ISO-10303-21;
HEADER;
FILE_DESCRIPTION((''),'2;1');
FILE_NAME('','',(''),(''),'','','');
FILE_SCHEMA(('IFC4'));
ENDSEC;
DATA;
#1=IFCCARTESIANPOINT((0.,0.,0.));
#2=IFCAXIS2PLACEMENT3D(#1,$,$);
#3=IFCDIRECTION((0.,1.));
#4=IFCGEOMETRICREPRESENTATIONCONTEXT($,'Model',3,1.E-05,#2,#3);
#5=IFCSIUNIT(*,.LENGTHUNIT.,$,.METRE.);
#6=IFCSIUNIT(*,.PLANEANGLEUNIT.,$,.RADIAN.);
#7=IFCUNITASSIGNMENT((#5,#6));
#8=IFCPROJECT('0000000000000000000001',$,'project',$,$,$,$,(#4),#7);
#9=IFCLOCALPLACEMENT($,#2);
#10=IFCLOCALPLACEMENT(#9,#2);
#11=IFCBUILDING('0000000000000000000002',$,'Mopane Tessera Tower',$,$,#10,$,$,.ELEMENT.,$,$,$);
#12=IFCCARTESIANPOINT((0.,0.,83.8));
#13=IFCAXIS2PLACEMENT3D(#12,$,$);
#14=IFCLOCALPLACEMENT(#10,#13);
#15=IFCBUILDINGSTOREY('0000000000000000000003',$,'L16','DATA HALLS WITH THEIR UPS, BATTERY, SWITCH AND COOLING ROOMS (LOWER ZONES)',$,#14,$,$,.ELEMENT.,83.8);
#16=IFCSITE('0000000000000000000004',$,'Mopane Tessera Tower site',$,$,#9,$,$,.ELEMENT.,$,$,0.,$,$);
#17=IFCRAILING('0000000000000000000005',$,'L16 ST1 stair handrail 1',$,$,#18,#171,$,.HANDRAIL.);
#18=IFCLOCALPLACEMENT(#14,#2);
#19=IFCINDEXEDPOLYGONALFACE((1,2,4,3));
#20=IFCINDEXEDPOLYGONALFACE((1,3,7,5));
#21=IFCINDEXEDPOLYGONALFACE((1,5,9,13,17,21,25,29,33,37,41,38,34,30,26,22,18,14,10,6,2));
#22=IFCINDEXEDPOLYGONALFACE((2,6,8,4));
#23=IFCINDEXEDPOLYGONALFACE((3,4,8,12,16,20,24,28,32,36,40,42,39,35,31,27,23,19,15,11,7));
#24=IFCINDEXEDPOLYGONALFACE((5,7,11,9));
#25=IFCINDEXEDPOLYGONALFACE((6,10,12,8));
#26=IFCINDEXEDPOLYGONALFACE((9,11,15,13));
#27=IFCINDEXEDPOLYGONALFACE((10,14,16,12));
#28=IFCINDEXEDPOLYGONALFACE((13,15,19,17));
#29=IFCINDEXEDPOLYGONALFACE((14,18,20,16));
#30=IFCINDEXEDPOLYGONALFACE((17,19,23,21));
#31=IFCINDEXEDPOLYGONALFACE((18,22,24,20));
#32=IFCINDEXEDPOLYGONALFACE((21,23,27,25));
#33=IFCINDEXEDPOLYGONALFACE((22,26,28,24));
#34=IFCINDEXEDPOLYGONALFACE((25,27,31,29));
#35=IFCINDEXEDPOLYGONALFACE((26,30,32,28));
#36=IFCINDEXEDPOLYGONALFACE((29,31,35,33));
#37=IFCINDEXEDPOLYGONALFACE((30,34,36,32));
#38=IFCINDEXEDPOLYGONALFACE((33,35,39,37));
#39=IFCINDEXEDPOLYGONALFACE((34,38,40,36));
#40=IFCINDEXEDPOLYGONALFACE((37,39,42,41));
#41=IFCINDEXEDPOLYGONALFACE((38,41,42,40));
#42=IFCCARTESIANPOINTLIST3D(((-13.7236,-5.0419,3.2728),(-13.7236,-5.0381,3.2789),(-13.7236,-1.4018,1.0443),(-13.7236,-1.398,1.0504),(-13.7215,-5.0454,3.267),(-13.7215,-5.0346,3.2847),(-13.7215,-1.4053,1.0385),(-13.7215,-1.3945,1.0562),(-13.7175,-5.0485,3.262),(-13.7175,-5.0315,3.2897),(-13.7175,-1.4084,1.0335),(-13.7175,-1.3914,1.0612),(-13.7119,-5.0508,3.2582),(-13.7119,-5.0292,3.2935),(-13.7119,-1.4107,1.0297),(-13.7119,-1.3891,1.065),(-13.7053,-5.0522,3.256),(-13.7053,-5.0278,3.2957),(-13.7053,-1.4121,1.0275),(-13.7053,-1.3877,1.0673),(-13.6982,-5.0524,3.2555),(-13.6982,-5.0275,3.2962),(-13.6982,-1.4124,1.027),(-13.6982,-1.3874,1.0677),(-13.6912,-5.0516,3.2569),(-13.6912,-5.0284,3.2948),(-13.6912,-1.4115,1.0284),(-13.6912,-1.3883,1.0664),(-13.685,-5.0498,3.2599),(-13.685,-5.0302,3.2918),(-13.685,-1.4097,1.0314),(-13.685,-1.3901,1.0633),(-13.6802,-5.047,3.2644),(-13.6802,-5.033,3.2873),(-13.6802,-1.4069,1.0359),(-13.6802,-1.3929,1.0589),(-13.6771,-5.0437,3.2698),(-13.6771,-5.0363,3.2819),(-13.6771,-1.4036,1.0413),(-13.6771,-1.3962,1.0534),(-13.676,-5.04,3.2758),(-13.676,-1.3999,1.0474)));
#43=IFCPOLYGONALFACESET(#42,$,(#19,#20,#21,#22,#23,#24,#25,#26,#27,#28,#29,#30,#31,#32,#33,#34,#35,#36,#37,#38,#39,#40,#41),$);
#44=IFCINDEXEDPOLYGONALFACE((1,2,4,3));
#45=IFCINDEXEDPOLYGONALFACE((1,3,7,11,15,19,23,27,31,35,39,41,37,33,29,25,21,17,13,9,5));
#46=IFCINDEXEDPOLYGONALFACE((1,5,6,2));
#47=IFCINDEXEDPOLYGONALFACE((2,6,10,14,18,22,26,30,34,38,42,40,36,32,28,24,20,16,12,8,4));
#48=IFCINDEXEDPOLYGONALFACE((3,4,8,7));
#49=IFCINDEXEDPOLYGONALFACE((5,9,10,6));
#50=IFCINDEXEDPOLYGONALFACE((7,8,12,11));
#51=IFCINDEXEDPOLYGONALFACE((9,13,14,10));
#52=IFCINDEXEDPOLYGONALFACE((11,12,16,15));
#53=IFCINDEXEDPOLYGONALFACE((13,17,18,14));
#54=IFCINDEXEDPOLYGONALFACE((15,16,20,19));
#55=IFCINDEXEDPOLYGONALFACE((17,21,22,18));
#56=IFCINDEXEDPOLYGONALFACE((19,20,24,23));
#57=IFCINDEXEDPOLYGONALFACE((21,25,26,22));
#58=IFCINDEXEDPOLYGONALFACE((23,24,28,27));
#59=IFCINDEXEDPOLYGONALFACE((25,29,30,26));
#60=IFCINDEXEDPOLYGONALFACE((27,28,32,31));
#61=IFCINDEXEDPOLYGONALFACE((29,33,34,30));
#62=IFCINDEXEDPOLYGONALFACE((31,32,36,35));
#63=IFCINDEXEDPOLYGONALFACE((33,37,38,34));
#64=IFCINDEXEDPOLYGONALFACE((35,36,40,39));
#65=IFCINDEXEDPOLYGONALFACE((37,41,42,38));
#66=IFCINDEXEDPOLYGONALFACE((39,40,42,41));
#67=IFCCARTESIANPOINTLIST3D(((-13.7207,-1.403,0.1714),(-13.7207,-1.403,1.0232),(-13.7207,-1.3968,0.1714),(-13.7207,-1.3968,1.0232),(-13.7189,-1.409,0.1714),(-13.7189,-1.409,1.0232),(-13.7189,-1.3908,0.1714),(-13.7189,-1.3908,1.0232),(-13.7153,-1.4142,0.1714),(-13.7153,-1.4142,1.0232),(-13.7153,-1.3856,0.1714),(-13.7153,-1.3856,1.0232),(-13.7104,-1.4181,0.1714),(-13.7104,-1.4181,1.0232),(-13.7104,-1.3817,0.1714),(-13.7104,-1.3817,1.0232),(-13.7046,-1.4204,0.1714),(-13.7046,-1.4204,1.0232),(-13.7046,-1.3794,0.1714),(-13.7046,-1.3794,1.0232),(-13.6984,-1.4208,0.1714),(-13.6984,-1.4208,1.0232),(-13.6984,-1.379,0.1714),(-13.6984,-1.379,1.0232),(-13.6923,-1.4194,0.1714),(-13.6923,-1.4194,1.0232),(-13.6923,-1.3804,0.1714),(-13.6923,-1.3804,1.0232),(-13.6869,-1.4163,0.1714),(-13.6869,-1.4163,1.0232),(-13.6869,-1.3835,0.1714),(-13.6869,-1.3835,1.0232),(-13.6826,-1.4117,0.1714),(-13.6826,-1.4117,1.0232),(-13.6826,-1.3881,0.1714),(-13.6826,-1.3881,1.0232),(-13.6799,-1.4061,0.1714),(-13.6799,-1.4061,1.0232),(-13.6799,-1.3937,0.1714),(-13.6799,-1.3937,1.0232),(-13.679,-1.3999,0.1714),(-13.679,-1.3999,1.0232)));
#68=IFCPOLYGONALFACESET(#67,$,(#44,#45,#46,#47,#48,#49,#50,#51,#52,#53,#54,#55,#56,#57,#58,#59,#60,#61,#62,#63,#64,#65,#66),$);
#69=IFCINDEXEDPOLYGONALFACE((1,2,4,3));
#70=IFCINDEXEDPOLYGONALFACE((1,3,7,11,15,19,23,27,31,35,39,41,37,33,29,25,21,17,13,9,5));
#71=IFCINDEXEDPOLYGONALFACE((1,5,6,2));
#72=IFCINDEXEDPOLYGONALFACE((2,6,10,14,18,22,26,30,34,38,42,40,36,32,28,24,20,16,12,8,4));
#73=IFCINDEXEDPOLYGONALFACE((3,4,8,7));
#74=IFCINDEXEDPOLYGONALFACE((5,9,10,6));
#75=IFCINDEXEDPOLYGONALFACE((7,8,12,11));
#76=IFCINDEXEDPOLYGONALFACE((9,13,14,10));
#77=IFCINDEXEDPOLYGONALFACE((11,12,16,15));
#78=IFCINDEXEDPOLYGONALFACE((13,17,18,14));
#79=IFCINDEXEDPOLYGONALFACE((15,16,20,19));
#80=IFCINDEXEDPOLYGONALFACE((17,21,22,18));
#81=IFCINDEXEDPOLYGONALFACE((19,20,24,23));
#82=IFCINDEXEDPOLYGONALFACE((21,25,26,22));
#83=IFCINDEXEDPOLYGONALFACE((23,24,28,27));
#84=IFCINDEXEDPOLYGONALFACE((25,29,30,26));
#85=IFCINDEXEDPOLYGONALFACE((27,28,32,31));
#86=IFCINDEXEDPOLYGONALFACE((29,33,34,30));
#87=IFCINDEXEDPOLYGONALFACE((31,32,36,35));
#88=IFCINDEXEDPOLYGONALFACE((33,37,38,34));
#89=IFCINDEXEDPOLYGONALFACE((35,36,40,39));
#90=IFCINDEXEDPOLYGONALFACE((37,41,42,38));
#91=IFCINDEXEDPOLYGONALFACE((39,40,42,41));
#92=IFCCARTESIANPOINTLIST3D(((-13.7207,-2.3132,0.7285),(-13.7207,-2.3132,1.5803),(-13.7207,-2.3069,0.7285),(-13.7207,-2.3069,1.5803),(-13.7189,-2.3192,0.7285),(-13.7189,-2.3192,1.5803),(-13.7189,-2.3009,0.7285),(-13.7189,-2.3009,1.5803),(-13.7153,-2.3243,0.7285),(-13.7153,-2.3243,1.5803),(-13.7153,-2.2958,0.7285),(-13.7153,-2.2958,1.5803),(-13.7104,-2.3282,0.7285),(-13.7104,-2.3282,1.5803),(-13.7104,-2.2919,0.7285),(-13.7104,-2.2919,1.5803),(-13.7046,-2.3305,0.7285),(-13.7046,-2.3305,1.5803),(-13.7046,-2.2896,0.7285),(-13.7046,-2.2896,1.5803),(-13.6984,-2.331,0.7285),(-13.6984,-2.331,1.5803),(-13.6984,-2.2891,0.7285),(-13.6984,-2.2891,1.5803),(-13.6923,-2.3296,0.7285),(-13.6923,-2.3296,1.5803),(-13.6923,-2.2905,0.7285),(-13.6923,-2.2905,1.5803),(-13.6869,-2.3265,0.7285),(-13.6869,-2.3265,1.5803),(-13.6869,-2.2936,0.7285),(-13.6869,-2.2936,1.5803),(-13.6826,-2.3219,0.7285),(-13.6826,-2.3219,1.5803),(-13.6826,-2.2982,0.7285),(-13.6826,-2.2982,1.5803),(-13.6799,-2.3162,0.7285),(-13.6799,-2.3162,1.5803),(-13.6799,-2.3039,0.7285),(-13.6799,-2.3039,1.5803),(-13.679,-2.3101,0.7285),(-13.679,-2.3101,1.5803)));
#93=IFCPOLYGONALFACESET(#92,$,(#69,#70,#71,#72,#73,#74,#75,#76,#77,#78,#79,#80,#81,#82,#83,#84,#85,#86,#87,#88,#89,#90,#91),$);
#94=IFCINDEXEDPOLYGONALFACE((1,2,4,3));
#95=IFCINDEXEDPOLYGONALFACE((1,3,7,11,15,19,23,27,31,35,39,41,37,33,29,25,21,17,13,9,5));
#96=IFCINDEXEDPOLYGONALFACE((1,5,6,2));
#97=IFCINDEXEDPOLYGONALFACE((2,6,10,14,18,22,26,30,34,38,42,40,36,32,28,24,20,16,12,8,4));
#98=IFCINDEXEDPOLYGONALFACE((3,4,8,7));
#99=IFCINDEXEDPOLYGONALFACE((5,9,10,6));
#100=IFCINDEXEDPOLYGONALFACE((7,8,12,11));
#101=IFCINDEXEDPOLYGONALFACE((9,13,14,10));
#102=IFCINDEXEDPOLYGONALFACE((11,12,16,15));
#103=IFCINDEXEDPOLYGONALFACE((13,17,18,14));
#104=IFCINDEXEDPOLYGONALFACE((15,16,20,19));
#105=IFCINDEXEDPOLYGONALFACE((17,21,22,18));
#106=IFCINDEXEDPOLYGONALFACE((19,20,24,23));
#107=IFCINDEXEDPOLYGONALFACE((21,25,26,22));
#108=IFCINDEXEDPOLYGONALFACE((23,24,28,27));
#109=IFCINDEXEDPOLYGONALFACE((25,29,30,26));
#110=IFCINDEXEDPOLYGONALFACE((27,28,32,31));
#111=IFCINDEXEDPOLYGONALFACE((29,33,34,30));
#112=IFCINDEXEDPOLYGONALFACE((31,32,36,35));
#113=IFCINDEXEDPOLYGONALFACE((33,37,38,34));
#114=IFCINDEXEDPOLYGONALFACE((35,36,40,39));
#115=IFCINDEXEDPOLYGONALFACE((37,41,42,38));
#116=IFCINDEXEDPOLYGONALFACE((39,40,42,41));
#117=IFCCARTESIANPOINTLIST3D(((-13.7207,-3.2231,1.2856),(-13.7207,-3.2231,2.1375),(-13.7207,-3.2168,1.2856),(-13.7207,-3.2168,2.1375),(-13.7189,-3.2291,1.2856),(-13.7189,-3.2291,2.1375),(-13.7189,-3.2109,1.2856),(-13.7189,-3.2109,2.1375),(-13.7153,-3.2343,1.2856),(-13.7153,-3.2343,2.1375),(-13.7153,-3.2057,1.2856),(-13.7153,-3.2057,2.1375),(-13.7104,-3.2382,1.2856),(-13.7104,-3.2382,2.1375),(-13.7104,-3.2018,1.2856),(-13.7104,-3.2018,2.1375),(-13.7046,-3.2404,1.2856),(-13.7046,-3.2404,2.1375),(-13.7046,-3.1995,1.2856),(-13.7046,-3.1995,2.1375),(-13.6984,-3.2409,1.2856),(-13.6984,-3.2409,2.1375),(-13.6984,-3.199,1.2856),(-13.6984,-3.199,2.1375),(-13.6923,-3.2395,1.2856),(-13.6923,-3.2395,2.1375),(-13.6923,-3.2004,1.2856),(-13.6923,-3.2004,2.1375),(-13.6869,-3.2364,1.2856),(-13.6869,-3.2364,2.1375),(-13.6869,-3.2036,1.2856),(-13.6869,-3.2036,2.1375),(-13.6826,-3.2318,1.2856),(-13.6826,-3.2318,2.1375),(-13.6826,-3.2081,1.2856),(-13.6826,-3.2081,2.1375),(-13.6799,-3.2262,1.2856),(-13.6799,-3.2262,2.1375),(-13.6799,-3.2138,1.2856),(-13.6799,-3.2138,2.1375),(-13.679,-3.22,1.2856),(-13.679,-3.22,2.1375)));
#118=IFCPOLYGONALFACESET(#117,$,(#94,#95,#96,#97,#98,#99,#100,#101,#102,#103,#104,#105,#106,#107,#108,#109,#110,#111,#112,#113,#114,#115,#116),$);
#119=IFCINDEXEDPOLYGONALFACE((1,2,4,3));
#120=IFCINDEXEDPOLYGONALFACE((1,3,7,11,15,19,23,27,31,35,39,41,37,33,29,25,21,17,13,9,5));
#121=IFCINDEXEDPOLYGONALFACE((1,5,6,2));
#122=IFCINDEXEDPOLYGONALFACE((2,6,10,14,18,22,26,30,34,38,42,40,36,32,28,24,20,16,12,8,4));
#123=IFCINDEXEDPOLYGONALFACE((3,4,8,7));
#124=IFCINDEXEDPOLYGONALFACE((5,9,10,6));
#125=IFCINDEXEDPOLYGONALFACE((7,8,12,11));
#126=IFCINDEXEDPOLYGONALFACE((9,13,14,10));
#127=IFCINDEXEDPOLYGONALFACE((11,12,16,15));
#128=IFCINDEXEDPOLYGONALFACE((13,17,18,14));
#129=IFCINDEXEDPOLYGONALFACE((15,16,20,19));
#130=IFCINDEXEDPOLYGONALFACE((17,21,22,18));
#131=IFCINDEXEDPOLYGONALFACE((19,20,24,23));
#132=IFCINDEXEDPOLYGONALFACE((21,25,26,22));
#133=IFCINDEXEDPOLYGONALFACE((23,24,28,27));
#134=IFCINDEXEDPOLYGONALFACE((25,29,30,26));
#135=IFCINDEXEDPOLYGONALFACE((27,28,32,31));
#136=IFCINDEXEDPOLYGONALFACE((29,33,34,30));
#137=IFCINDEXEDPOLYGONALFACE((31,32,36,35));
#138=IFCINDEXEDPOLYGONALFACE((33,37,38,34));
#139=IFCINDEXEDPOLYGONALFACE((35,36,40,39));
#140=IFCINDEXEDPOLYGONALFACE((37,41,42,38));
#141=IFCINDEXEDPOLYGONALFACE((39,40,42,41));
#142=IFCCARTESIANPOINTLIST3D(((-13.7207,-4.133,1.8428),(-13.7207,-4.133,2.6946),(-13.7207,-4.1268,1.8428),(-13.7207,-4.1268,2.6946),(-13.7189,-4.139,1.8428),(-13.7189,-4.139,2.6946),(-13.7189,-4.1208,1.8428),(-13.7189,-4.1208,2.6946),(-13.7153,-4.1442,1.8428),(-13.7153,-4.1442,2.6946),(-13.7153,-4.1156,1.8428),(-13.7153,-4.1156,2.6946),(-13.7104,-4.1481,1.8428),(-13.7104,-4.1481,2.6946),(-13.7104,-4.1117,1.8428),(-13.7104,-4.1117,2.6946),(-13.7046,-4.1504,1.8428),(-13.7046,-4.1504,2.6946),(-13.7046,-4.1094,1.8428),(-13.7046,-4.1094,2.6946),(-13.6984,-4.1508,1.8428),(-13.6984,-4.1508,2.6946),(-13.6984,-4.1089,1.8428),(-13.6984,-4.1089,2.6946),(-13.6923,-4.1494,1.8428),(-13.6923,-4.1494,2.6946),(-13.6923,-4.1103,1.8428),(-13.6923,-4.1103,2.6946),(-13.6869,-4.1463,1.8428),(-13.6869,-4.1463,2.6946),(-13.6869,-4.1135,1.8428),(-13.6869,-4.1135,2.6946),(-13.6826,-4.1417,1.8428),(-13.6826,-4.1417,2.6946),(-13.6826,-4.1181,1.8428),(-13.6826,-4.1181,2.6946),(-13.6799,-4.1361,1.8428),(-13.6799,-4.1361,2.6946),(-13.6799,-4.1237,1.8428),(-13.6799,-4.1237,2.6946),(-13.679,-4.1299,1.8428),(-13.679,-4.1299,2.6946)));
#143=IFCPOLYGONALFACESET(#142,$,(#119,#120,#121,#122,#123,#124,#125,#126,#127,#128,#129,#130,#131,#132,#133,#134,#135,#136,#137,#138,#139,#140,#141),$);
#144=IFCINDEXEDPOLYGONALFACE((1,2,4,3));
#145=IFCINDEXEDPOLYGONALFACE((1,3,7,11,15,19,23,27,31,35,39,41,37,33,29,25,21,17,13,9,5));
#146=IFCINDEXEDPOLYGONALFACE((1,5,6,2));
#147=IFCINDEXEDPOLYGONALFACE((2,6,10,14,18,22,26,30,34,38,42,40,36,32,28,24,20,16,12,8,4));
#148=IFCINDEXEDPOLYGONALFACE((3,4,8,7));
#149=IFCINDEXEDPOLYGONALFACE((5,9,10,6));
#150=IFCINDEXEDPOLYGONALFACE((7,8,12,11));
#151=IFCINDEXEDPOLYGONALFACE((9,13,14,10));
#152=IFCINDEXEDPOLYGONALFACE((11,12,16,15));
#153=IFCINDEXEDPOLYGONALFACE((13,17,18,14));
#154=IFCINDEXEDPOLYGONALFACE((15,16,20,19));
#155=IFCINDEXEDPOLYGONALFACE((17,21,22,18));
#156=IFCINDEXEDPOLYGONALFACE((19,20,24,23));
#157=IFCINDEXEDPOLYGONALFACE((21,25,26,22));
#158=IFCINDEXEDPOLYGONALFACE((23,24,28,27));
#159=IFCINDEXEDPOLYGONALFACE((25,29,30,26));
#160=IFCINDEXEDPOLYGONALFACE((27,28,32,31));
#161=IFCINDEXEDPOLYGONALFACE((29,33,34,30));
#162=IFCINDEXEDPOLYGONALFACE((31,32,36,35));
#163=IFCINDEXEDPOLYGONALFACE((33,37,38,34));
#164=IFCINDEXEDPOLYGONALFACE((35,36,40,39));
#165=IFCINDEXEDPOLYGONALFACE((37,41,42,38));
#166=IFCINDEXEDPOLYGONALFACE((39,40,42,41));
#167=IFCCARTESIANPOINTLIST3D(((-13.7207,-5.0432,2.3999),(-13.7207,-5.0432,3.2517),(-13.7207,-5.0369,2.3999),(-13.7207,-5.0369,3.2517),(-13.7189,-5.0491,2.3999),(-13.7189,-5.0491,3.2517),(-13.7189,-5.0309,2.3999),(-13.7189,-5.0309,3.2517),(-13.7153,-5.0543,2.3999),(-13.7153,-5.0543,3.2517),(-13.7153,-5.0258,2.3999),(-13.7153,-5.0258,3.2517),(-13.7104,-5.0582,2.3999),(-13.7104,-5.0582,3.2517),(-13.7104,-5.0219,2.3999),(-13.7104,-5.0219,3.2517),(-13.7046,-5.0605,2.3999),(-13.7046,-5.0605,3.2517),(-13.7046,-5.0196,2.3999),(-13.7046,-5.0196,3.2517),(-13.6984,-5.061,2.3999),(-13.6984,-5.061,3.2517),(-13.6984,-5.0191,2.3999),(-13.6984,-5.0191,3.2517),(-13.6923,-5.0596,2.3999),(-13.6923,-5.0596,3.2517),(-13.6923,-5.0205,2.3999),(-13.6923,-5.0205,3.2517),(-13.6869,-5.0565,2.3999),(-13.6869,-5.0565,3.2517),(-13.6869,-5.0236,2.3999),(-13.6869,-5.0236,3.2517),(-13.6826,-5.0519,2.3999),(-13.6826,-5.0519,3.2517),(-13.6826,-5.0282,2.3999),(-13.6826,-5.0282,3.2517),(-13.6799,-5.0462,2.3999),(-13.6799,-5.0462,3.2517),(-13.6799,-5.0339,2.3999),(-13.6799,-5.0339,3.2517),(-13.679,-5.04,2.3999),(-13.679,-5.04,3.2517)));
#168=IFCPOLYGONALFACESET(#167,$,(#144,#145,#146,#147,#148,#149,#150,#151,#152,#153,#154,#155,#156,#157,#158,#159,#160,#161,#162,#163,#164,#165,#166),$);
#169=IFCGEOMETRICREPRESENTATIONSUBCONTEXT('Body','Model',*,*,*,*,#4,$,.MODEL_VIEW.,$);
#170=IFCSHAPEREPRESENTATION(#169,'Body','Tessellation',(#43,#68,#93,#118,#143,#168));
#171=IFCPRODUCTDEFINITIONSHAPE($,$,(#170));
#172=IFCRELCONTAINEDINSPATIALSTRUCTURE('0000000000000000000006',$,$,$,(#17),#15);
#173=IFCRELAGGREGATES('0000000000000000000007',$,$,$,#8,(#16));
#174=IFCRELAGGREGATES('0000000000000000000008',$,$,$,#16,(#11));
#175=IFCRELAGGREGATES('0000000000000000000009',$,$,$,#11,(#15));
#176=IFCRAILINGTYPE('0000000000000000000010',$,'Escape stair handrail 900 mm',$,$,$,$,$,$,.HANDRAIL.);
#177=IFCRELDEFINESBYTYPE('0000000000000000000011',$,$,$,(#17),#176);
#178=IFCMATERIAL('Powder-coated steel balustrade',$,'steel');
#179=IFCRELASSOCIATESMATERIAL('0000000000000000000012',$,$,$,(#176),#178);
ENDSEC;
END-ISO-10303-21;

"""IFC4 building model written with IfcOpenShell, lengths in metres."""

from ifc_helpers import new_model, si_unit, direction, frame, origin, origin_2d, place, context, subcontext, project, spatial, circle, extrude, material, type_object, element, save


model = new_model("IFC4")

# Units and contexts
model_context = context("Model", 3, precision=1e-05, world=origin(), true_north=direction((0.0, 1.0)))
body_context = subcontext(model_context, "Body", "Model", "MODEL_VIEW")
ifc_project = project(units=[si_unit("LENGTHUNIT", "METRE"), si_unit("PLANEANGLEUNIT", "RADIAN")], contexts=[model_context])

# Site, building, storey
site_placement = place(None, origin())
site = spatial("IfcSite", under=ifc_project, at=site_placement, Name="Mopane Tessera Tower site", CompositionType="ELEMENT", RefElevation=0.0)
building_placement = place(site_placement, origin())
building = spatial("IfcBuilding", under=site, at=building_placement, Name="Mopane Tessera Tower", CompositionType="ELEMENT")
storey_placement = place(building_placement, frame((0.0, 0.0, 83.8)))
storey = spatial("IfcBuildingStorey", under=building, at=storey_placement, Name="L16", Description="DATA HALLS WITH THEIR UPS, BATTERY, SWITCH AND COOLING ROOMS (LOWER ZONES)", CompositionType="ELEMENT", Elevation=83.8)

# Railing
ifc_material_1 = material(Name="Powder-coated steel balustrade", Category="steel")
railing_type_1 = type_object("IfcRailingType", Name="Escape stair handrail 900 mm", PredefinedType="HANDRAIL", material=ifc_material_1)
railing_1_placement = place(storey_placement, frame((-13.7, -1.3999, 0.1714)))
element("IfcRailing", 1, at=railing_1_placement, inside=storey, type_object=railing_type_1, Name="L16 ST1 stair handrail 1", PredefinedType="HANDRAIL", context=body_context, shape_type="SweptSolid", body=[
    extrude(circle(Radius=0.0239, at=origin_2d()), frame((0.0, 0.0, 0.876), z_axis=(0.0, -0.852866, 0.52213), x_axis=(1.0, 0.0, 0.0)), (0.0, 0.0, 1.0), 4.2681),
    extrude(circle(Radius=0.021, at=origin_2d()), origin(), (0.0, 0.0, 1.0), 0.8518),
    extrude(circle(Radius=0.021, at=origin_2d()), frame((0.0, -0.9102, 0.5571)), (0.0, 0.0, 1.0), 0.8518),
    extrude(circle(Radius=0.021, at=origin_2d()), frame((0.0, -1.8201, 1.1143)), (0.0, 0.0, 1.0), 0.8518),
    extrude(circle(Radius=0.021, at=origin_2d()), frame((0.0, -2.73, 1.6714)), (0.0, 0.0, 1.0), 0.8518),
    extrude(circle(Radius=0.021, at=origin_2d()), frame((0.0, -3.6401, 2.2285)), (0.0, 0.0, 1.0), 0.8518),
])

save(model, "model.ifc")
